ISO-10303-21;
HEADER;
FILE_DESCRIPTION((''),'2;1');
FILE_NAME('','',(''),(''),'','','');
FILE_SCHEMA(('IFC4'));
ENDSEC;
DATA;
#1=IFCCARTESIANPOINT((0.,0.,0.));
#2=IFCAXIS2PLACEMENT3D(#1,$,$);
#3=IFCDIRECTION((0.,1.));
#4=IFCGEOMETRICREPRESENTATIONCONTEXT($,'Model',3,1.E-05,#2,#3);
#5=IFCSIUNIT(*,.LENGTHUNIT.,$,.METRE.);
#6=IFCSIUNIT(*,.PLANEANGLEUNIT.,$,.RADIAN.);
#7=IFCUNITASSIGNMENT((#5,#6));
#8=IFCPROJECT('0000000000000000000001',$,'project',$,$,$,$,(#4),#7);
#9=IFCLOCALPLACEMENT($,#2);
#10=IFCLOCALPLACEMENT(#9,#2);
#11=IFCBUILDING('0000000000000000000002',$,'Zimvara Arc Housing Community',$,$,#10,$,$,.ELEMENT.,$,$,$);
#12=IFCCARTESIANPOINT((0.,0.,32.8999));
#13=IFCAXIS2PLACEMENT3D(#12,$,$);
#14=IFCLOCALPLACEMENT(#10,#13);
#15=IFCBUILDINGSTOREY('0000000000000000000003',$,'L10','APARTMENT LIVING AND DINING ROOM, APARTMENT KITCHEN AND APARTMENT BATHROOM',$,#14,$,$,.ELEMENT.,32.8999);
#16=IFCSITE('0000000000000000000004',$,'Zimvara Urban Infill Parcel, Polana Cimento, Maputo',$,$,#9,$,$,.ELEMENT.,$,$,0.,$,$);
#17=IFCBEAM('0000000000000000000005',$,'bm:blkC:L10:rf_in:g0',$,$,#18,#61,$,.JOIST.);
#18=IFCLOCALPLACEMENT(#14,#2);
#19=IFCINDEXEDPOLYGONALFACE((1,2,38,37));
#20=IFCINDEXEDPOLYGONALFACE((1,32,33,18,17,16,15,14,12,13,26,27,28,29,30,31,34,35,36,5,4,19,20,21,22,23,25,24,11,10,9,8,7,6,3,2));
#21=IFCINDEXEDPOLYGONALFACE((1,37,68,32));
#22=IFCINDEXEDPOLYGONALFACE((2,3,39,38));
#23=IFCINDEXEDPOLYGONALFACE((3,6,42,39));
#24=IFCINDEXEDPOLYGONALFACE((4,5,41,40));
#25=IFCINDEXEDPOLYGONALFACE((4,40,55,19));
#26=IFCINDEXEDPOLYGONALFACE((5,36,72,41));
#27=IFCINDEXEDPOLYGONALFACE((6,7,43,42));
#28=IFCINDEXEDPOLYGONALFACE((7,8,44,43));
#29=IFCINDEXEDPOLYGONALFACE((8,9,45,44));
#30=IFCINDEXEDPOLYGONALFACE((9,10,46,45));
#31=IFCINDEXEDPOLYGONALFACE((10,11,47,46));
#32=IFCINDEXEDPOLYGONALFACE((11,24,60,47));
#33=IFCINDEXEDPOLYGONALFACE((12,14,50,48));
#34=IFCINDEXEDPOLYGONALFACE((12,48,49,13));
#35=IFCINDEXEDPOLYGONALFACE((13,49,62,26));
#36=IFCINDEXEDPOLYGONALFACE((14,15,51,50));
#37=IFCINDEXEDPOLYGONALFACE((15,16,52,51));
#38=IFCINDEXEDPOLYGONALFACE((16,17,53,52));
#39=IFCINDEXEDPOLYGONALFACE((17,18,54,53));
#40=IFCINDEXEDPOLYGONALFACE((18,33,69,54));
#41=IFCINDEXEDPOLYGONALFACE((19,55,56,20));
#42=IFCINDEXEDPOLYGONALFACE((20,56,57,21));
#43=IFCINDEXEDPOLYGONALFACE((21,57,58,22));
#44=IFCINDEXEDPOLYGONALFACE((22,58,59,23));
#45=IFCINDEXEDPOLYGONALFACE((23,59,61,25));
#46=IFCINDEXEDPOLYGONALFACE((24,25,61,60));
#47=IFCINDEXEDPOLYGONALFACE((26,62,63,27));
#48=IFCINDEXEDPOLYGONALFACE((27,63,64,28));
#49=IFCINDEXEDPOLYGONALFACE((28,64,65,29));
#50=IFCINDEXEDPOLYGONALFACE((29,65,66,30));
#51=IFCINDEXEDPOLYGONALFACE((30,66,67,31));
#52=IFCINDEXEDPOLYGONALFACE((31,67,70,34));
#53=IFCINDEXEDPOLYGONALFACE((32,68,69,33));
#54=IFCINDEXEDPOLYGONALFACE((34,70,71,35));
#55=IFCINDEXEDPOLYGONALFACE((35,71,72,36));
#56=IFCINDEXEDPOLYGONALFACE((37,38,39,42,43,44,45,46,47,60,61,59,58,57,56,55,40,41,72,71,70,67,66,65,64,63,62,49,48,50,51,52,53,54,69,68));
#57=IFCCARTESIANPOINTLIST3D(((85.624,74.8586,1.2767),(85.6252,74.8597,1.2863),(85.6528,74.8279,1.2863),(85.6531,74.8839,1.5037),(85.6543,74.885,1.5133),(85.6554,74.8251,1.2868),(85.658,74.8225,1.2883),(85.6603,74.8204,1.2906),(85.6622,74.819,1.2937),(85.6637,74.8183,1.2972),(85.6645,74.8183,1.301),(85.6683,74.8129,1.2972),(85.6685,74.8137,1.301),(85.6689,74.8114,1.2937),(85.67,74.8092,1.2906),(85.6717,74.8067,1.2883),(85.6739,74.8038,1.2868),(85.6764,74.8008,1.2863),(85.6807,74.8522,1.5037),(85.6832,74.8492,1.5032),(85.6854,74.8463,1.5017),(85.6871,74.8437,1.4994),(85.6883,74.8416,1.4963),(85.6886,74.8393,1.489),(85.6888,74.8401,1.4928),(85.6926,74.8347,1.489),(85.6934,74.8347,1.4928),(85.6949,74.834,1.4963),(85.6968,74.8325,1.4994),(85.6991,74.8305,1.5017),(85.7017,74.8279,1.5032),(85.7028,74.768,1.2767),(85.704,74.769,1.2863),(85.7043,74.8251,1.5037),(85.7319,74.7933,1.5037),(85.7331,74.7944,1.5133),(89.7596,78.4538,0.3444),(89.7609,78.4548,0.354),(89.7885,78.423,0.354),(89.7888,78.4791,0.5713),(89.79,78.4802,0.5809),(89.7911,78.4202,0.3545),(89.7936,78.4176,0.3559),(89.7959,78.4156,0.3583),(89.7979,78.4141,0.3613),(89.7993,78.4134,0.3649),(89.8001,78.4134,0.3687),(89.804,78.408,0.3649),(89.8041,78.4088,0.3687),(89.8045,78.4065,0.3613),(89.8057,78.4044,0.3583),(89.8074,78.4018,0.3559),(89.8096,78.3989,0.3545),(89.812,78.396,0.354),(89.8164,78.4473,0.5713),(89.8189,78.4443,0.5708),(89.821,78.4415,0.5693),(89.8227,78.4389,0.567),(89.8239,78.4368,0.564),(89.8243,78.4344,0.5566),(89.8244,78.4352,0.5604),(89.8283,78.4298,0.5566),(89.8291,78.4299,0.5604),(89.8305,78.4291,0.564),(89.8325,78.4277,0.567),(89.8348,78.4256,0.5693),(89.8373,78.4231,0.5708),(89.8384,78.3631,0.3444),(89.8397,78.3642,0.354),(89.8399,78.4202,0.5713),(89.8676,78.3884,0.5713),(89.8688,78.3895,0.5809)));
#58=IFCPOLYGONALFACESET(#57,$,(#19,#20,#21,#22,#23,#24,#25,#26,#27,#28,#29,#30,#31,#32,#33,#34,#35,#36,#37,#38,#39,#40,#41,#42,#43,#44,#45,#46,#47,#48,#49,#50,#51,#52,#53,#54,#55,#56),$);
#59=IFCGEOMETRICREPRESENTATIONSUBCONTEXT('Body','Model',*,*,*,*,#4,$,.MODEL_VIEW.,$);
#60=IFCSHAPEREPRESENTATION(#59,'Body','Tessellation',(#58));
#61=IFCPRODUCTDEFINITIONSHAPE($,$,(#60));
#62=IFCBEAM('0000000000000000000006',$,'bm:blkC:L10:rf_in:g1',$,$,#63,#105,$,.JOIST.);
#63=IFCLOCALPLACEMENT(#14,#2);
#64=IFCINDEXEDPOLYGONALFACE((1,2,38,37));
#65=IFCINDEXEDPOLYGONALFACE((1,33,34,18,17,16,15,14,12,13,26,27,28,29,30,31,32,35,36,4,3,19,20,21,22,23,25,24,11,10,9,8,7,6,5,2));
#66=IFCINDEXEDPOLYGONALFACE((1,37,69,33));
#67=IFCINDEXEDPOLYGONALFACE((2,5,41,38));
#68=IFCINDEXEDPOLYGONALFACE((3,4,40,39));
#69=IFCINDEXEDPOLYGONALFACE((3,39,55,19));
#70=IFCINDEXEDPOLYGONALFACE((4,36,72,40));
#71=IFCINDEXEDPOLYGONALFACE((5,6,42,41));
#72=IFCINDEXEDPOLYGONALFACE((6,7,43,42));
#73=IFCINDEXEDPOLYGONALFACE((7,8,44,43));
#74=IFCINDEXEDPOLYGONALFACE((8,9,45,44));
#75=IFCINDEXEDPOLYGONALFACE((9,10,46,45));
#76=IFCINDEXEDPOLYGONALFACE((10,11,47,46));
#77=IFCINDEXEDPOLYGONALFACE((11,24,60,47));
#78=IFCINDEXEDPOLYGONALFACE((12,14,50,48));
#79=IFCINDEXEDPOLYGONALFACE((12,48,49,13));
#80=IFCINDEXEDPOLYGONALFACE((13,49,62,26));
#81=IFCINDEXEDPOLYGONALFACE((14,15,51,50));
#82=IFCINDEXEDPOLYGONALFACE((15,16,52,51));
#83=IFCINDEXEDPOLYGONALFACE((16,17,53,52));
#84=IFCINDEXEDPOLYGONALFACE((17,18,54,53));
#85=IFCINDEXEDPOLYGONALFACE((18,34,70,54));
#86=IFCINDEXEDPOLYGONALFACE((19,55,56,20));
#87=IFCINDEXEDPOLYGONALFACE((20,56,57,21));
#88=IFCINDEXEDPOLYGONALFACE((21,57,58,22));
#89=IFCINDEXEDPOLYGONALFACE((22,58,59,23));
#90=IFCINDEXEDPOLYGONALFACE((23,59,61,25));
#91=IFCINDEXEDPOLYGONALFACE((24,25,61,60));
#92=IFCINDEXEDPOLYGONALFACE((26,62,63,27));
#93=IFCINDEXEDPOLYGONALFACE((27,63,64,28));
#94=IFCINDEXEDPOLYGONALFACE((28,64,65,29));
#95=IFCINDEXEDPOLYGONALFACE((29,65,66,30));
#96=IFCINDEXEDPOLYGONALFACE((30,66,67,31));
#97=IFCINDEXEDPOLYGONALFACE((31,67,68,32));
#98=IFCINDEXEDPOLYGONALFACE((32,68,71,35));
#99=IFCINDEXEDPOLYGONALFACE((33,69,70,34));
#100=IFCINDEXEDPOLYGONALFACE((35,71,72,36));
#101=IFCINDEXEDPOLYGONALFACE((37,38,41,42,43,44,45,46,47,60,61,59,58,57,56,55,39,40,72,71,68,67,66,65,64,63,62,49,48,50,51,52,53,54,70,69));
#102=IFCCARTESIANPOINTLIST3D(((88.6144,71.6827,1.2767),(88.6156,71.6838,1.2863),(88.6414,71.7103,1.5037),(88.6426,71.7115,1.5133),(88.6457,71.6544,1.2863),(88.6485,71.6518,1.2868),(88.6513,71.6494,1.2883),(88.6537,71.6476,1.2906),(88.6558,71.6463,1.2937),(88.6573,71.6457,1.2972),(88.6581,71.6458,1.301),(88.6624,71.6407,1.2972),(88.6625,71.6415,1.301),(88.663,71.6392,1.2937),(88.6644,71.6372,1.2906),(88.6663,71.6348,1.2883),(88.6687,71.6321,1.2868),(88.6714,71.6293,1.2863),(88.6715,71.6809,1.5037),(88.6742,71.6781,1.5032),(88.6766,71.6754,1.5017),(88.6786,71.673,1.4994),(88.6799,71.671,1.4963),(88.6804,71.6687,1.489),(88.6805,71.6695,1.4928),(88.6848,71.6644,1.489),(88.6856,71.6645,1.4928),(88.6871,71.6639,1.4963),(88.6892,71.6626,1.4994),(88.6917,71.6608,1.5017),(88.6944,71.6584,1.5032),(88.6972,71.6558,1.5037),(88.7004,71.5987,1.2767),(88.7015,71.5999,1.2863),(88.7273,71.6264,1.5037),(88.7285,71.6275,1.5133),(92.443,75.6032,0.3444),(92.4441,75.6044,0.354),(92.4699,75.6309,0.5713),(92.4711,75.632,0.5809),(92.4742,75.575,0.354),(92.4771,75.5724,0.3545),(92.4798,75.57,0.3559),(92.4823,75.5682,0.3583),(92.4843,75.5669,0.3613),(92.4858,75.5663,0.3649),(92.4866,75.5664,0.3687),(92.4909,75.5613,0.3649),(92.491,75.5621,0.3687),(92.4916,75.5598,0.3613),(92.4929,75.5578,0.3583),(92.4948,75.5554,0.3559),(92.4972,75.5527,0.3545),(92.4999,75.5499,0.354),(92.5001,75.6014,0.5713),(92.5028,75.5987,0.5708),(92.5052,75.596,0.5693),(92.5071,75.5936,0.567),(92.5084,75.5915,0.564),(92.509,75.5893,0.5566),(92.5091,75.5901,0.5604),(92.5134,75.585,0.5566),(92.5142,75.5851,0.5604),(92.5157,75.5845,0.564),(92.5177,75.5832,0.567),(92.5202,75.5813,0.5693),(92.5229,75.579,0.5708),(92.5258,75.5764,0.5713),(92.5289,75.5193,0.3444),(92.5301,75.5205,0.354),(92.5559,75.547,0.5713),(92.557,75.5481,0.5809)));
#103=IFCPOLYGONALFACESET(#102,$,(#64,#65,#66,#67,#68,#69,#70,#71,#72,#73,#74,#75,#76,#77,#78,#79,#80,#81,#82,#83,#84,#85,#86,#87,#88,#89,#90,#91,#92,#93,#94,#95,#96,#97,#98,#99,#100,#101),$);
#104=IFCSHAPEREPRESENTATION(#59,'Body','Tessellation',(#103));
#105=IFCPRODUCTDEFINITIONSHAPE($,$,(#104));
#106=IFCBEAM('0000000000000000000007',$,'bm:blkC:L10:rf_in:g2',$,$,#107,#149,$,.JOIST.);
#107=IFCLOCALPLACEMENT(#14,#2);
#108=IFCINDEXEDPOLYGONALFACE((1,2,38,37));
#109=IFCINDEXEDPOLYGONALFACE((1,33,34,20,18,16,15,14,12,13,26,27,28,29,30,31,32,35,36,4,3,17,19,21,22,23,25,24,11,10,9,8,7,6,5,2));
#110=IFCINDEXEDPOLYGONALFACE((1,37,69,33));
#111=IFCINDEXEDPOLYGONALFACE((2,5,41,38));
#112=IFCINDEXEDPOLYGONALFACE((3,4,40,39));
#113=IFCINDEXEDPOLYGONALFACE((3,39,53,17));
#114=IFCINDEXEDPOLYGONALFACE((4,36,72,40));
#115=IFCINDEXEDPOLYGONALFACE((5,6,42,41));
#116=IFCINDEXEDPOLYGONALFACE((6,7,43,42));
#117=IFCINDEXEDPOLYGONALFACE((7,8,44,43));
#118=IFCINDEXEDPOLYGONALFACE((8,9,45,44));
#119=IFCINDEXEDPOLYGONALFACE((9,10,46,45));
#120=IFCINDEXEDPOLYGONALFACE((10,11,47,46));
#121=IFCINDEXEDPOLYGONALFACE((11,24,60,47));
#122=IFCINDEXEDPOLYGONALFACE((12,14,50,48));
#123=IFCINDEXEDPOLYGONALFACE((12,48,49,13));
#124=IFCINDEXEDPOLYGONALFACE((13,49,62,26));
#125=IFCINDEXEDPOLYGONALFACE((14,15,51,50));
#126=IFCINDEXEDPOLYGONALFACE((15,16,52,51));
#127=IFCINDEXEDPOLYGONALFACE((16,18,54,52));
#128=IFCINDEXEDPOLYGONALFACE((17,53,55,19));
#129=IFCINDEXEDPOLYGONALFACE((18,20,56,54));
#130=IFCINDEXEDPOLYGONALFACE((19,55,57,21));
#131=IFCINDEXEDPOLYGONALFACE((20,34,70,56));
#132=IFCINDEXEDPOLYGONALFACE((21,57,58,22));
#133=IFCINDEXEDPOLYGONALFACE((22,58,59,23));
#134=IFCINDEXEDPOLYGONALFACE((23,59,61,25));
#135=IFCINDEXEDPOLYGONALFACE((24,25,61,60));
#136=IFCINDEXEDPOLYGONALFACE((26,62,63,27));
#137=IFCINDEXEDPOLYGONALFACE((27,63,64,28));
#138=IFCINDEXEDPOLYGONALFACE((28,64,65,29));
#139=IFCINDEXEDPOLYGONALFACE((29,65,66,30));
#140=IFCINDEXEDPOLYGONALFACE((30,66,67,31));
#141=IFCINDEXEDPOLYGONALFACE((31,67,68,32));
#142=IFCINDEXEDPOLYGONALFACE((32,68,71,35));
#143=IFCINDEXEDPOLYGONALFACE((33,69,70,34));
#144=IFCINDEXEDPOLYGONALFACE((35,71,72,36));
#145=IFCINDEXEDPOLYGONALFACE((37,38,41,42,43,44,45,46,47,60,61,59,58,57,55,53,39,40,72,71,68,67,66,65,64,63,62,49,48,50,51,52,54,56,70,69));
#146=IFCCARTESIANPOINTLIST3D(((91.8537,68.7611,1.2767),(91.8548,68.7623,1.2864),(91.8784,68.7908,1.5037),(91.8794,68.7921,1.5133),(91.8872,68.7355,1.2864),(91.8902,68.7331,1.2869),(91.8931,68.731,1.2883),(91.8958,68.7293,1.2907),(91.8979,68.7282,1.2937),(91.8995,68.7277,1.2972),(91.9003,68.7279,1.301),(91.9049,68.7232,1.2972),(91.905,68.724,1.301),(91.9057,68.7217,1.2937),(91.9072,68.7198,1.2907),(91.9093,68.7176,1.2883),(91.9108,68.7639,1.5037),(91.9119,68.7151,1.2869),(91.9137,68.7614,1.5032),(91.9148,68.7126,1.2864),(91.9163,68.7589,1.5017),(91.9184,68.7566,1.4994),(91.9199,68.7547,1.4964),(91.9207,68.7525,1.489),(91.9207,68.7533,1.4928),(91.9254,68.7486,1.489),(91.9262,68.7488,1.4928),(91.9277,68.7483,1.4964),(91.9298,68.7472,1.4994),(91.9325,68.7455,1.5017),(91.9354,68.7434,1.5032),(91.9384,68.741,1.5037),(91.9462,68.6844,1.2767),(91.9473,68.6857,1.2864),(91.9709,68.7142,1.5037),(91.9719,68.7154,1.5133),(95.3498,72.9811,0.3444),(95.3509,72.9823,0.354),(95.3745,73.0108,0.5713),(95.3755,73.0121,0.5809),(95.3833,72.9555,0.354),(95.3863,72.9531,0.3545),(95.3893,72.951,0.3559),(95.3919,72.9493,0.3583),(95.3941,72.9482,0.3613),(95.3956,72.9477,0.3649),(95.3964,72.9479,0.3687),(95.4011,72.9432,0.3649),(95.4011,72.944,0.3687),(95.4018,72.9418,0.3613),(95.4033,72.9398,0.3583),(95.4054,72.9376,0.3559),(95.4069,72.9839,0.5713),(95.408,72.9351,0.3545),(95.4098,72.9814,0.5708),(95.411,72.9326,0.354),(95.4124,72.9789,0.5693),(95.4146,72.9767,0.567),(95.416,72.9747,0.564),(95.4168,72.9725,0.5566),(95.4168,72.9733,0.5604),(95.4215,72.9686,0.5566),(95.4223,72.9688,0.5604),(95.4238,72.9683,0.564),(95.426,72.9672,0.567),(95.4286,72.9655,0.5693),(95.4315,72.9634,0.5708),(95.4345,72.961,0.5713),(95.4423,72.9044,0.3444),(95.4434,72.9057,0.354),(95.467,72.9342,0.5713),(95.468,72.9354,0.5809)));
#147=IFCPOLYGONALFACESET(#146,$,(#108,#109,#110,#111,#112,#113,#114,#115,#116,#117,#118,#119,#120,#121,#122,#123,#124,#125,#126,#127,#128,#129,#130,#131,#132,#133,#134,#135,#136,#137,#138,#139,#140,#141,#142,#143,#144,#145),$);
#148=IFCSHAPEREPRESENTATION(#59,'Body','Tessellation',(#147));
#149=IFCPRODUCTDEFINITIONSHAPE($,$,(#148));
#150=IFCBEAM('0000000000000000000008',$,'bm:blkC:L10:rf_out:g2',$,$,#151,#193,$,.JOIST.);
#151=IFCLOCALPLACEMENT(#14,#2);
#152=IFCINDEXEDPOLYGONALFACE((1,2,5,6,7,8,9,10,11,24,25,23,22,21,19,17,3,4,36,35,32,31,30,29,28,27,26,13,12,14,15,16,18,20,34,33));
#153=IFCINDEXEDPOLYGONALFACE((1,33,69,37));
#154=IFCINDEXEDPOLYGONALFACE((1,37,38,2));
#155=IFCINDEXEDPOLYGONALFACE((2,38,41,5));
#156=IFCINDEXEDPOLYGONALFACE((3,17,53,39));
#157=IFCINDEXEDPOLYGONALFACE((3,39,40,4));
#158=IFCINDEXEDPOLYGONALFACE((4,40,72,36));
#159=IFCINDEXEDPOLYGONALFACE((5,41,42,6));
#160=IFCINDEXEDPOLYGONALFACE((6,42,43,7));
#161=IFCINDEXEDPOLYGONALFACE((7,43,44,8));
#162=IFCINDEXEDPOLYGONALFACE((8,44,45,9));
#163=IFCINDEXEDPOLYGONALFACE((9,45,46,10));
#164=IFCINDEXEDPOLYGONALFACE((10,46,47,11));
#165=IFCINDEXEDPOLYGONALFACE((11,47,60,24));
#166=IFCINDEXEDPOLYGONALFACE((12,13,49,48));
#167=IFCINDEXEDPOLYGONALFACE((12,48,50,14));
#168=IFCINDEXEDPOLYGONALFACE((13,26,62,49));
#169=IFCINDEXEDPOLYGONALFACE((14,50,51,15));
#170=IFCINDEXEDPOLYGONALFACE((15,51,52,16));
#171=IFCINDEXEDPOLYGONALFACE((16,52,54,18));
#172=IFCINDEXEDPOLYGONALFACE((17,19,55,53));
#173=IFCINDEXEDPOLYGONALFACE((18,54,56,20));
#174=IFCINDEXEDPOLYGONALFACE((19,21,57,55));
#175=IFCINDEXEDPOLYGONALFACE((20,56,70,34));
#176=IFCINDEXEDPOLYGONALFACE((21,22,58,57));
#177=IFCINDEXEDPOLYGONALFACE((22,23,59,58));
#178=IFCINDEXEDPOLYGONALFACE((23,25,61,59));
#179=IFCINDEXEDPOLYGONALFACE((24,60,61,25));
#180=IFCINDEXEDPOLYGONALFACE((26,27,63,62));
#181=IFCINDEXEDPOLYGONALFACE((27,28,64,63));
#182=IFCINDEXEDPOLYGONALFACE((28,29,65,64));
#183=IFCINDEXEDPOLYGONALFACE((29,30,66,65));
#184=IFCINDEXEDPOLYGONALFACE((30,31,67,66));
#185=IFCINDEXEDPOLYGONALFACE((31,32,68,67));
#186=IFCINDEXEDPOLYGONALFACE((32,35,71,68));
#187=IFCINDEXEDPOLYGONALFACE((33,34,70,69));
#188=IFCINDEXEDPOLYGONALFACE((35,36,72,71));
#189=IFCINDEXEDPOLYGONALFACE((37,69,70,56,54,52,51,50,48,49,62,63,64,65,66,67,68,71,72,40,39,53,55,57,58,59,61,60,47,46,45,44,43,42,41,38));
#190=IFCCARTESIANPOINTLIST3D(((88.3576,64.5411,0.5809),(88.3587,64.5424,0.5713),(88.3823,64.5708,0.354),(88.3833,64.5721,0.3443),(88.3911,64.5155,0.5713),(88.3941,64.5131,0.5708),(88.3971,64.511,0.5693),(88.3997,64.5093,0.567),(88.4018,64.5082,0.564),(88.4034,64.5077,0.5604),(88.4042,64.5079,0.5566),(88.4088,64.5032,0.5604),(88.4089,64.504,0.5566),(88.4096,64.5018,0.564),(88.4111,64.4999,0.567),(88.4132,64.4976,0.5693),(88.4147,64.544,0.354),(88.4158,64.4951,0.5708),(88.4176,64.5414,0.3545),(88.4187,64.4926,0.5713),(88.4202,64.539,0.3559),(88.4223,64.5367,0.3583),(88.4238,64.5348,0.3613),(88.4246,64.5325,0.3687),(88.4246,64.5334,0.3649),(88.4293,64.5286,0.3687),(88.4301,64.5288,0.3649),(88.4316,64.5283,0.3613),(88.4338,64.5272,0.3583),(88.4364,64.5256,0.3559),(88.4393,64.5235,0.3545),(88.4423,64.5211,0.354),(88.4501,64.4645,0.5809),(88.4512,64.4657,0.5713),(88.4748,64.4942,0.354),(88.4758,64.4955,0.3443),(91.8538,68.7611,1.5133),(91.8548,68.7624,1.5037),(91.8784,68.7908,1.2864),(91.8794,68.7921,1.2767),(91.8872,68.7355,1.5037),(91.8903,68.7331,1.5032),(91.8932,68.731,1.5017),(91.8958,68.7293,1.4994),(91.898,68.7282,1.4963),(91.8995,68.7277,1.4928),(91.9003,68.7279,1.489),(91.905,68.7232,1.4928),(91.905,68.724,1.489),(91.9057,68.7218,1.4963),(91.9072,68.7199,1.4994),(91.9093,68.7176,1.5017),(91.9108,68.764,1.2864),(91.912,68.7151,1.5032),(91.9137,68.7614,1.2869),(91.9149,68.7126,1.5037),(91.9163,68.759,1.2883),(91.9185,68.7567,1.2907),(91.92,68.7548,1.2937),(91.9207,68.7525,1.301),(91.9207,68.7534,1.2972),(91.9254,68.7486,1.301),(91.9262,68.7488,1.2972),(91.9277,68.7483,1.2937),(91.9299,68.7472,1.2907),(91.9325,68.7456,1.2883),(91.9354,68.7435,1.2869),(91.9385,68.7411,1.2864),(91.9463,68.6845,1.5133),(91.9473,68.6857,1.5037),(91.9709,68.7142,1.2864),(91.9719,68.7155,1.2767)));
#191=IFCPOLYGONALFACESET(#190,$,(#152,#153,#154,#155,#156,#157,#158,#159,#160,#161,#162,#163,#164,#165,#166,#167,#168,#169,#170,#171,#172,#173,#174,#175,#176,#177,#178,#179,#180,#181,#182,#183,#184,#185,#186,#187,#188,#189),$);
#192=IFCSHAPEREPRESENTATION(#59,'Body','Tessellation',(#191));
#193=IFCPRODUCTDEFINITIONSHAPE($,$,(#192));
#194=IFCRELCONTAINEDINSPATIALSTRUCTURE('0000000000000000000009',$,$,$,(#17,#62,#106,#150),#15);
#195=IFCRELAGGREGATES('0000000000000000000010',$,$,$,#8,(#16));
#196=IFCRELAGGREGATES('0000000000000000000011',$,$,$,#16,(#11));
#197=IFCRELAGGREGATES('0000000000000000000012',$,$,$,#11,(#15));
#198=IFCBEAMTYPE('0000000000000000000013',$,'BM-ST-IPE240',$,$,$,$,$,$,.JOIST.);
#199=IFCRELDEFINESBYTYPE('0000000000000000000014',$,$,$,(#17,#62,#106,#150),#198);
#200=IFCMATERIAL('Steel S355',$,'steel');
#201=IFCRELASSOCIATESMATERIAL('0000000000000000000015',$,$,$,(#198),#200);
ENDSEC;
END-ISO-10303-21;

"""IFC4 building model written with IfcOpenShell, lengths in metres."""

from ifc_helpers import new_model, si_unit, direction, frame, origin, origin_2d, place, context, subcontext, project, spatial, i_section, extrude, material, material_profile, profile_set, type_object, element, save


model = new_model("IFC4")

# Units and contexts
model_context = context("Model", 3, precision=1e-05, world=origin(), true_north=direction((0.0, 1.0)))
body_context = subcontext(model_context, "Body", "Model", "MODEL_VIEW")
ifc_project = project(units=[si_unit("LENGTHUNIT", "METRE"), si_unit("PLANEANGLEUNIT", "RADIAN")], contexts=[model_context])

# Site, building, storey
site_placement = place(None, origin())
site = spatial("IfcSite", under=ifc_project, at=site_placement, Name="Zimvara Urban Infill Parcel, Polana Cimento, Maputo", CompositionType="ELEMENT", RefElevation=0.0)
building_placement = place(site_placement, origin())
building = spatial("IfcBuilding", under=site, at=building_placement, Name="Zimvara Arc Housing Community", CompositionType="ELEMENT")
storey_placement = place(building_placement, frame((0.0, 0.0, 32.8999)))
storey = spatial("IfcBuildingStorey", under=building, at=storey_placement, Name="L10", Description="APARTMENT LIVING AND DINING ROOM, APARTMENT KITCHEN AND APARTMENT BATHROOM", CompositionType="ELEMENT", Elevation=32.8999)

# Beams
ifc_material_1 = material(Name="Steel S355", Category="steel")
ifc_material_profile_1 = material_profile(ifc_material_1, i_section(OverallWidth=0.1201, OverallDepth=0.24, WebThickness=0.0061, FlangeThickness=0.0098, FilletRadius=0.0149, at=origin_2d()), Name="IPE 240")
ifc_profile_set_1 = profile_set([ifc_material_profile_1], Name="Steel S355")
beam_type_1 = type_object("IfcBeamType", Name="BM-ST-IPE240", PredefinedType="JOIST", material=ifc_profile_set_1)
for number, where, z_axis, x_axis, name in (
    (1, (89.8142, 78.4216, 0.4626), (-0.744011, -0.646771, 0.167732), (0.656066, -0.754703, 0.0), "bm:blkC:L10:rf_in:g0"),
    (2, (92.5, 75.5757, 0.4626), (-0.688761, -0.705319, 0.167732), (0.715455, -0.698659, 0.0), "bm:blkC:L10:rf_in:g1"),
):
    element("IfcBeam", number, at=place(storey_placement, frame(where, z_axis=z_axis, x_axis=x_axis)), inside=storey, type_object=beam_type_1, Name=name, PredefinedType="JOIST", context=body_context, shape_type="SweptSolid", body=[
        extrude(i_section(OverallWidth=0.1201, OverallDepth=0.24, WebThickness=0.0061, FlangeThickness=0.0098, FilletRadius=0.0149, at=origin_2d()), origin(), (0.0, 0.0, 1.0), 5.5586),
    ])
for number, where, z_axis, x_axis, name in (
    (3, (95.4089, 72.9583, 0.4626), (-0.628931, -0.759153, 0.16773), (0.770062, -0.637969, 0.0), "bm:blkC:L10:rf_in:g2"),
    (4, (91.9128, 68.7383, 1.395), (-0.628931, -0.759153, -0.16773), (0.770062, -0.637969, 0.0), "bm:blkC:L10:rf_out:g2"),
):
    element("IfcBeam", number, at=place(storey_placement, frame(where, z_axis=z_axis, x_axis=x_axis)), inside=storey, type_object=beam_type_1, Name=name, PredefinedType="JOIST", context=body_context, shape_type="SweptSolid", body=[
        extrude(i_section(OverallWidth=0.1201, OverallDepth=0.24, WebThickness=0.0061, FlangeThickness=0.0098, FilletRadius=0.0149, at=origin_2d()), origin(), (0.0, 0.0, 1.0), 5.5588),
    ])

save(model, "model.ifc")
